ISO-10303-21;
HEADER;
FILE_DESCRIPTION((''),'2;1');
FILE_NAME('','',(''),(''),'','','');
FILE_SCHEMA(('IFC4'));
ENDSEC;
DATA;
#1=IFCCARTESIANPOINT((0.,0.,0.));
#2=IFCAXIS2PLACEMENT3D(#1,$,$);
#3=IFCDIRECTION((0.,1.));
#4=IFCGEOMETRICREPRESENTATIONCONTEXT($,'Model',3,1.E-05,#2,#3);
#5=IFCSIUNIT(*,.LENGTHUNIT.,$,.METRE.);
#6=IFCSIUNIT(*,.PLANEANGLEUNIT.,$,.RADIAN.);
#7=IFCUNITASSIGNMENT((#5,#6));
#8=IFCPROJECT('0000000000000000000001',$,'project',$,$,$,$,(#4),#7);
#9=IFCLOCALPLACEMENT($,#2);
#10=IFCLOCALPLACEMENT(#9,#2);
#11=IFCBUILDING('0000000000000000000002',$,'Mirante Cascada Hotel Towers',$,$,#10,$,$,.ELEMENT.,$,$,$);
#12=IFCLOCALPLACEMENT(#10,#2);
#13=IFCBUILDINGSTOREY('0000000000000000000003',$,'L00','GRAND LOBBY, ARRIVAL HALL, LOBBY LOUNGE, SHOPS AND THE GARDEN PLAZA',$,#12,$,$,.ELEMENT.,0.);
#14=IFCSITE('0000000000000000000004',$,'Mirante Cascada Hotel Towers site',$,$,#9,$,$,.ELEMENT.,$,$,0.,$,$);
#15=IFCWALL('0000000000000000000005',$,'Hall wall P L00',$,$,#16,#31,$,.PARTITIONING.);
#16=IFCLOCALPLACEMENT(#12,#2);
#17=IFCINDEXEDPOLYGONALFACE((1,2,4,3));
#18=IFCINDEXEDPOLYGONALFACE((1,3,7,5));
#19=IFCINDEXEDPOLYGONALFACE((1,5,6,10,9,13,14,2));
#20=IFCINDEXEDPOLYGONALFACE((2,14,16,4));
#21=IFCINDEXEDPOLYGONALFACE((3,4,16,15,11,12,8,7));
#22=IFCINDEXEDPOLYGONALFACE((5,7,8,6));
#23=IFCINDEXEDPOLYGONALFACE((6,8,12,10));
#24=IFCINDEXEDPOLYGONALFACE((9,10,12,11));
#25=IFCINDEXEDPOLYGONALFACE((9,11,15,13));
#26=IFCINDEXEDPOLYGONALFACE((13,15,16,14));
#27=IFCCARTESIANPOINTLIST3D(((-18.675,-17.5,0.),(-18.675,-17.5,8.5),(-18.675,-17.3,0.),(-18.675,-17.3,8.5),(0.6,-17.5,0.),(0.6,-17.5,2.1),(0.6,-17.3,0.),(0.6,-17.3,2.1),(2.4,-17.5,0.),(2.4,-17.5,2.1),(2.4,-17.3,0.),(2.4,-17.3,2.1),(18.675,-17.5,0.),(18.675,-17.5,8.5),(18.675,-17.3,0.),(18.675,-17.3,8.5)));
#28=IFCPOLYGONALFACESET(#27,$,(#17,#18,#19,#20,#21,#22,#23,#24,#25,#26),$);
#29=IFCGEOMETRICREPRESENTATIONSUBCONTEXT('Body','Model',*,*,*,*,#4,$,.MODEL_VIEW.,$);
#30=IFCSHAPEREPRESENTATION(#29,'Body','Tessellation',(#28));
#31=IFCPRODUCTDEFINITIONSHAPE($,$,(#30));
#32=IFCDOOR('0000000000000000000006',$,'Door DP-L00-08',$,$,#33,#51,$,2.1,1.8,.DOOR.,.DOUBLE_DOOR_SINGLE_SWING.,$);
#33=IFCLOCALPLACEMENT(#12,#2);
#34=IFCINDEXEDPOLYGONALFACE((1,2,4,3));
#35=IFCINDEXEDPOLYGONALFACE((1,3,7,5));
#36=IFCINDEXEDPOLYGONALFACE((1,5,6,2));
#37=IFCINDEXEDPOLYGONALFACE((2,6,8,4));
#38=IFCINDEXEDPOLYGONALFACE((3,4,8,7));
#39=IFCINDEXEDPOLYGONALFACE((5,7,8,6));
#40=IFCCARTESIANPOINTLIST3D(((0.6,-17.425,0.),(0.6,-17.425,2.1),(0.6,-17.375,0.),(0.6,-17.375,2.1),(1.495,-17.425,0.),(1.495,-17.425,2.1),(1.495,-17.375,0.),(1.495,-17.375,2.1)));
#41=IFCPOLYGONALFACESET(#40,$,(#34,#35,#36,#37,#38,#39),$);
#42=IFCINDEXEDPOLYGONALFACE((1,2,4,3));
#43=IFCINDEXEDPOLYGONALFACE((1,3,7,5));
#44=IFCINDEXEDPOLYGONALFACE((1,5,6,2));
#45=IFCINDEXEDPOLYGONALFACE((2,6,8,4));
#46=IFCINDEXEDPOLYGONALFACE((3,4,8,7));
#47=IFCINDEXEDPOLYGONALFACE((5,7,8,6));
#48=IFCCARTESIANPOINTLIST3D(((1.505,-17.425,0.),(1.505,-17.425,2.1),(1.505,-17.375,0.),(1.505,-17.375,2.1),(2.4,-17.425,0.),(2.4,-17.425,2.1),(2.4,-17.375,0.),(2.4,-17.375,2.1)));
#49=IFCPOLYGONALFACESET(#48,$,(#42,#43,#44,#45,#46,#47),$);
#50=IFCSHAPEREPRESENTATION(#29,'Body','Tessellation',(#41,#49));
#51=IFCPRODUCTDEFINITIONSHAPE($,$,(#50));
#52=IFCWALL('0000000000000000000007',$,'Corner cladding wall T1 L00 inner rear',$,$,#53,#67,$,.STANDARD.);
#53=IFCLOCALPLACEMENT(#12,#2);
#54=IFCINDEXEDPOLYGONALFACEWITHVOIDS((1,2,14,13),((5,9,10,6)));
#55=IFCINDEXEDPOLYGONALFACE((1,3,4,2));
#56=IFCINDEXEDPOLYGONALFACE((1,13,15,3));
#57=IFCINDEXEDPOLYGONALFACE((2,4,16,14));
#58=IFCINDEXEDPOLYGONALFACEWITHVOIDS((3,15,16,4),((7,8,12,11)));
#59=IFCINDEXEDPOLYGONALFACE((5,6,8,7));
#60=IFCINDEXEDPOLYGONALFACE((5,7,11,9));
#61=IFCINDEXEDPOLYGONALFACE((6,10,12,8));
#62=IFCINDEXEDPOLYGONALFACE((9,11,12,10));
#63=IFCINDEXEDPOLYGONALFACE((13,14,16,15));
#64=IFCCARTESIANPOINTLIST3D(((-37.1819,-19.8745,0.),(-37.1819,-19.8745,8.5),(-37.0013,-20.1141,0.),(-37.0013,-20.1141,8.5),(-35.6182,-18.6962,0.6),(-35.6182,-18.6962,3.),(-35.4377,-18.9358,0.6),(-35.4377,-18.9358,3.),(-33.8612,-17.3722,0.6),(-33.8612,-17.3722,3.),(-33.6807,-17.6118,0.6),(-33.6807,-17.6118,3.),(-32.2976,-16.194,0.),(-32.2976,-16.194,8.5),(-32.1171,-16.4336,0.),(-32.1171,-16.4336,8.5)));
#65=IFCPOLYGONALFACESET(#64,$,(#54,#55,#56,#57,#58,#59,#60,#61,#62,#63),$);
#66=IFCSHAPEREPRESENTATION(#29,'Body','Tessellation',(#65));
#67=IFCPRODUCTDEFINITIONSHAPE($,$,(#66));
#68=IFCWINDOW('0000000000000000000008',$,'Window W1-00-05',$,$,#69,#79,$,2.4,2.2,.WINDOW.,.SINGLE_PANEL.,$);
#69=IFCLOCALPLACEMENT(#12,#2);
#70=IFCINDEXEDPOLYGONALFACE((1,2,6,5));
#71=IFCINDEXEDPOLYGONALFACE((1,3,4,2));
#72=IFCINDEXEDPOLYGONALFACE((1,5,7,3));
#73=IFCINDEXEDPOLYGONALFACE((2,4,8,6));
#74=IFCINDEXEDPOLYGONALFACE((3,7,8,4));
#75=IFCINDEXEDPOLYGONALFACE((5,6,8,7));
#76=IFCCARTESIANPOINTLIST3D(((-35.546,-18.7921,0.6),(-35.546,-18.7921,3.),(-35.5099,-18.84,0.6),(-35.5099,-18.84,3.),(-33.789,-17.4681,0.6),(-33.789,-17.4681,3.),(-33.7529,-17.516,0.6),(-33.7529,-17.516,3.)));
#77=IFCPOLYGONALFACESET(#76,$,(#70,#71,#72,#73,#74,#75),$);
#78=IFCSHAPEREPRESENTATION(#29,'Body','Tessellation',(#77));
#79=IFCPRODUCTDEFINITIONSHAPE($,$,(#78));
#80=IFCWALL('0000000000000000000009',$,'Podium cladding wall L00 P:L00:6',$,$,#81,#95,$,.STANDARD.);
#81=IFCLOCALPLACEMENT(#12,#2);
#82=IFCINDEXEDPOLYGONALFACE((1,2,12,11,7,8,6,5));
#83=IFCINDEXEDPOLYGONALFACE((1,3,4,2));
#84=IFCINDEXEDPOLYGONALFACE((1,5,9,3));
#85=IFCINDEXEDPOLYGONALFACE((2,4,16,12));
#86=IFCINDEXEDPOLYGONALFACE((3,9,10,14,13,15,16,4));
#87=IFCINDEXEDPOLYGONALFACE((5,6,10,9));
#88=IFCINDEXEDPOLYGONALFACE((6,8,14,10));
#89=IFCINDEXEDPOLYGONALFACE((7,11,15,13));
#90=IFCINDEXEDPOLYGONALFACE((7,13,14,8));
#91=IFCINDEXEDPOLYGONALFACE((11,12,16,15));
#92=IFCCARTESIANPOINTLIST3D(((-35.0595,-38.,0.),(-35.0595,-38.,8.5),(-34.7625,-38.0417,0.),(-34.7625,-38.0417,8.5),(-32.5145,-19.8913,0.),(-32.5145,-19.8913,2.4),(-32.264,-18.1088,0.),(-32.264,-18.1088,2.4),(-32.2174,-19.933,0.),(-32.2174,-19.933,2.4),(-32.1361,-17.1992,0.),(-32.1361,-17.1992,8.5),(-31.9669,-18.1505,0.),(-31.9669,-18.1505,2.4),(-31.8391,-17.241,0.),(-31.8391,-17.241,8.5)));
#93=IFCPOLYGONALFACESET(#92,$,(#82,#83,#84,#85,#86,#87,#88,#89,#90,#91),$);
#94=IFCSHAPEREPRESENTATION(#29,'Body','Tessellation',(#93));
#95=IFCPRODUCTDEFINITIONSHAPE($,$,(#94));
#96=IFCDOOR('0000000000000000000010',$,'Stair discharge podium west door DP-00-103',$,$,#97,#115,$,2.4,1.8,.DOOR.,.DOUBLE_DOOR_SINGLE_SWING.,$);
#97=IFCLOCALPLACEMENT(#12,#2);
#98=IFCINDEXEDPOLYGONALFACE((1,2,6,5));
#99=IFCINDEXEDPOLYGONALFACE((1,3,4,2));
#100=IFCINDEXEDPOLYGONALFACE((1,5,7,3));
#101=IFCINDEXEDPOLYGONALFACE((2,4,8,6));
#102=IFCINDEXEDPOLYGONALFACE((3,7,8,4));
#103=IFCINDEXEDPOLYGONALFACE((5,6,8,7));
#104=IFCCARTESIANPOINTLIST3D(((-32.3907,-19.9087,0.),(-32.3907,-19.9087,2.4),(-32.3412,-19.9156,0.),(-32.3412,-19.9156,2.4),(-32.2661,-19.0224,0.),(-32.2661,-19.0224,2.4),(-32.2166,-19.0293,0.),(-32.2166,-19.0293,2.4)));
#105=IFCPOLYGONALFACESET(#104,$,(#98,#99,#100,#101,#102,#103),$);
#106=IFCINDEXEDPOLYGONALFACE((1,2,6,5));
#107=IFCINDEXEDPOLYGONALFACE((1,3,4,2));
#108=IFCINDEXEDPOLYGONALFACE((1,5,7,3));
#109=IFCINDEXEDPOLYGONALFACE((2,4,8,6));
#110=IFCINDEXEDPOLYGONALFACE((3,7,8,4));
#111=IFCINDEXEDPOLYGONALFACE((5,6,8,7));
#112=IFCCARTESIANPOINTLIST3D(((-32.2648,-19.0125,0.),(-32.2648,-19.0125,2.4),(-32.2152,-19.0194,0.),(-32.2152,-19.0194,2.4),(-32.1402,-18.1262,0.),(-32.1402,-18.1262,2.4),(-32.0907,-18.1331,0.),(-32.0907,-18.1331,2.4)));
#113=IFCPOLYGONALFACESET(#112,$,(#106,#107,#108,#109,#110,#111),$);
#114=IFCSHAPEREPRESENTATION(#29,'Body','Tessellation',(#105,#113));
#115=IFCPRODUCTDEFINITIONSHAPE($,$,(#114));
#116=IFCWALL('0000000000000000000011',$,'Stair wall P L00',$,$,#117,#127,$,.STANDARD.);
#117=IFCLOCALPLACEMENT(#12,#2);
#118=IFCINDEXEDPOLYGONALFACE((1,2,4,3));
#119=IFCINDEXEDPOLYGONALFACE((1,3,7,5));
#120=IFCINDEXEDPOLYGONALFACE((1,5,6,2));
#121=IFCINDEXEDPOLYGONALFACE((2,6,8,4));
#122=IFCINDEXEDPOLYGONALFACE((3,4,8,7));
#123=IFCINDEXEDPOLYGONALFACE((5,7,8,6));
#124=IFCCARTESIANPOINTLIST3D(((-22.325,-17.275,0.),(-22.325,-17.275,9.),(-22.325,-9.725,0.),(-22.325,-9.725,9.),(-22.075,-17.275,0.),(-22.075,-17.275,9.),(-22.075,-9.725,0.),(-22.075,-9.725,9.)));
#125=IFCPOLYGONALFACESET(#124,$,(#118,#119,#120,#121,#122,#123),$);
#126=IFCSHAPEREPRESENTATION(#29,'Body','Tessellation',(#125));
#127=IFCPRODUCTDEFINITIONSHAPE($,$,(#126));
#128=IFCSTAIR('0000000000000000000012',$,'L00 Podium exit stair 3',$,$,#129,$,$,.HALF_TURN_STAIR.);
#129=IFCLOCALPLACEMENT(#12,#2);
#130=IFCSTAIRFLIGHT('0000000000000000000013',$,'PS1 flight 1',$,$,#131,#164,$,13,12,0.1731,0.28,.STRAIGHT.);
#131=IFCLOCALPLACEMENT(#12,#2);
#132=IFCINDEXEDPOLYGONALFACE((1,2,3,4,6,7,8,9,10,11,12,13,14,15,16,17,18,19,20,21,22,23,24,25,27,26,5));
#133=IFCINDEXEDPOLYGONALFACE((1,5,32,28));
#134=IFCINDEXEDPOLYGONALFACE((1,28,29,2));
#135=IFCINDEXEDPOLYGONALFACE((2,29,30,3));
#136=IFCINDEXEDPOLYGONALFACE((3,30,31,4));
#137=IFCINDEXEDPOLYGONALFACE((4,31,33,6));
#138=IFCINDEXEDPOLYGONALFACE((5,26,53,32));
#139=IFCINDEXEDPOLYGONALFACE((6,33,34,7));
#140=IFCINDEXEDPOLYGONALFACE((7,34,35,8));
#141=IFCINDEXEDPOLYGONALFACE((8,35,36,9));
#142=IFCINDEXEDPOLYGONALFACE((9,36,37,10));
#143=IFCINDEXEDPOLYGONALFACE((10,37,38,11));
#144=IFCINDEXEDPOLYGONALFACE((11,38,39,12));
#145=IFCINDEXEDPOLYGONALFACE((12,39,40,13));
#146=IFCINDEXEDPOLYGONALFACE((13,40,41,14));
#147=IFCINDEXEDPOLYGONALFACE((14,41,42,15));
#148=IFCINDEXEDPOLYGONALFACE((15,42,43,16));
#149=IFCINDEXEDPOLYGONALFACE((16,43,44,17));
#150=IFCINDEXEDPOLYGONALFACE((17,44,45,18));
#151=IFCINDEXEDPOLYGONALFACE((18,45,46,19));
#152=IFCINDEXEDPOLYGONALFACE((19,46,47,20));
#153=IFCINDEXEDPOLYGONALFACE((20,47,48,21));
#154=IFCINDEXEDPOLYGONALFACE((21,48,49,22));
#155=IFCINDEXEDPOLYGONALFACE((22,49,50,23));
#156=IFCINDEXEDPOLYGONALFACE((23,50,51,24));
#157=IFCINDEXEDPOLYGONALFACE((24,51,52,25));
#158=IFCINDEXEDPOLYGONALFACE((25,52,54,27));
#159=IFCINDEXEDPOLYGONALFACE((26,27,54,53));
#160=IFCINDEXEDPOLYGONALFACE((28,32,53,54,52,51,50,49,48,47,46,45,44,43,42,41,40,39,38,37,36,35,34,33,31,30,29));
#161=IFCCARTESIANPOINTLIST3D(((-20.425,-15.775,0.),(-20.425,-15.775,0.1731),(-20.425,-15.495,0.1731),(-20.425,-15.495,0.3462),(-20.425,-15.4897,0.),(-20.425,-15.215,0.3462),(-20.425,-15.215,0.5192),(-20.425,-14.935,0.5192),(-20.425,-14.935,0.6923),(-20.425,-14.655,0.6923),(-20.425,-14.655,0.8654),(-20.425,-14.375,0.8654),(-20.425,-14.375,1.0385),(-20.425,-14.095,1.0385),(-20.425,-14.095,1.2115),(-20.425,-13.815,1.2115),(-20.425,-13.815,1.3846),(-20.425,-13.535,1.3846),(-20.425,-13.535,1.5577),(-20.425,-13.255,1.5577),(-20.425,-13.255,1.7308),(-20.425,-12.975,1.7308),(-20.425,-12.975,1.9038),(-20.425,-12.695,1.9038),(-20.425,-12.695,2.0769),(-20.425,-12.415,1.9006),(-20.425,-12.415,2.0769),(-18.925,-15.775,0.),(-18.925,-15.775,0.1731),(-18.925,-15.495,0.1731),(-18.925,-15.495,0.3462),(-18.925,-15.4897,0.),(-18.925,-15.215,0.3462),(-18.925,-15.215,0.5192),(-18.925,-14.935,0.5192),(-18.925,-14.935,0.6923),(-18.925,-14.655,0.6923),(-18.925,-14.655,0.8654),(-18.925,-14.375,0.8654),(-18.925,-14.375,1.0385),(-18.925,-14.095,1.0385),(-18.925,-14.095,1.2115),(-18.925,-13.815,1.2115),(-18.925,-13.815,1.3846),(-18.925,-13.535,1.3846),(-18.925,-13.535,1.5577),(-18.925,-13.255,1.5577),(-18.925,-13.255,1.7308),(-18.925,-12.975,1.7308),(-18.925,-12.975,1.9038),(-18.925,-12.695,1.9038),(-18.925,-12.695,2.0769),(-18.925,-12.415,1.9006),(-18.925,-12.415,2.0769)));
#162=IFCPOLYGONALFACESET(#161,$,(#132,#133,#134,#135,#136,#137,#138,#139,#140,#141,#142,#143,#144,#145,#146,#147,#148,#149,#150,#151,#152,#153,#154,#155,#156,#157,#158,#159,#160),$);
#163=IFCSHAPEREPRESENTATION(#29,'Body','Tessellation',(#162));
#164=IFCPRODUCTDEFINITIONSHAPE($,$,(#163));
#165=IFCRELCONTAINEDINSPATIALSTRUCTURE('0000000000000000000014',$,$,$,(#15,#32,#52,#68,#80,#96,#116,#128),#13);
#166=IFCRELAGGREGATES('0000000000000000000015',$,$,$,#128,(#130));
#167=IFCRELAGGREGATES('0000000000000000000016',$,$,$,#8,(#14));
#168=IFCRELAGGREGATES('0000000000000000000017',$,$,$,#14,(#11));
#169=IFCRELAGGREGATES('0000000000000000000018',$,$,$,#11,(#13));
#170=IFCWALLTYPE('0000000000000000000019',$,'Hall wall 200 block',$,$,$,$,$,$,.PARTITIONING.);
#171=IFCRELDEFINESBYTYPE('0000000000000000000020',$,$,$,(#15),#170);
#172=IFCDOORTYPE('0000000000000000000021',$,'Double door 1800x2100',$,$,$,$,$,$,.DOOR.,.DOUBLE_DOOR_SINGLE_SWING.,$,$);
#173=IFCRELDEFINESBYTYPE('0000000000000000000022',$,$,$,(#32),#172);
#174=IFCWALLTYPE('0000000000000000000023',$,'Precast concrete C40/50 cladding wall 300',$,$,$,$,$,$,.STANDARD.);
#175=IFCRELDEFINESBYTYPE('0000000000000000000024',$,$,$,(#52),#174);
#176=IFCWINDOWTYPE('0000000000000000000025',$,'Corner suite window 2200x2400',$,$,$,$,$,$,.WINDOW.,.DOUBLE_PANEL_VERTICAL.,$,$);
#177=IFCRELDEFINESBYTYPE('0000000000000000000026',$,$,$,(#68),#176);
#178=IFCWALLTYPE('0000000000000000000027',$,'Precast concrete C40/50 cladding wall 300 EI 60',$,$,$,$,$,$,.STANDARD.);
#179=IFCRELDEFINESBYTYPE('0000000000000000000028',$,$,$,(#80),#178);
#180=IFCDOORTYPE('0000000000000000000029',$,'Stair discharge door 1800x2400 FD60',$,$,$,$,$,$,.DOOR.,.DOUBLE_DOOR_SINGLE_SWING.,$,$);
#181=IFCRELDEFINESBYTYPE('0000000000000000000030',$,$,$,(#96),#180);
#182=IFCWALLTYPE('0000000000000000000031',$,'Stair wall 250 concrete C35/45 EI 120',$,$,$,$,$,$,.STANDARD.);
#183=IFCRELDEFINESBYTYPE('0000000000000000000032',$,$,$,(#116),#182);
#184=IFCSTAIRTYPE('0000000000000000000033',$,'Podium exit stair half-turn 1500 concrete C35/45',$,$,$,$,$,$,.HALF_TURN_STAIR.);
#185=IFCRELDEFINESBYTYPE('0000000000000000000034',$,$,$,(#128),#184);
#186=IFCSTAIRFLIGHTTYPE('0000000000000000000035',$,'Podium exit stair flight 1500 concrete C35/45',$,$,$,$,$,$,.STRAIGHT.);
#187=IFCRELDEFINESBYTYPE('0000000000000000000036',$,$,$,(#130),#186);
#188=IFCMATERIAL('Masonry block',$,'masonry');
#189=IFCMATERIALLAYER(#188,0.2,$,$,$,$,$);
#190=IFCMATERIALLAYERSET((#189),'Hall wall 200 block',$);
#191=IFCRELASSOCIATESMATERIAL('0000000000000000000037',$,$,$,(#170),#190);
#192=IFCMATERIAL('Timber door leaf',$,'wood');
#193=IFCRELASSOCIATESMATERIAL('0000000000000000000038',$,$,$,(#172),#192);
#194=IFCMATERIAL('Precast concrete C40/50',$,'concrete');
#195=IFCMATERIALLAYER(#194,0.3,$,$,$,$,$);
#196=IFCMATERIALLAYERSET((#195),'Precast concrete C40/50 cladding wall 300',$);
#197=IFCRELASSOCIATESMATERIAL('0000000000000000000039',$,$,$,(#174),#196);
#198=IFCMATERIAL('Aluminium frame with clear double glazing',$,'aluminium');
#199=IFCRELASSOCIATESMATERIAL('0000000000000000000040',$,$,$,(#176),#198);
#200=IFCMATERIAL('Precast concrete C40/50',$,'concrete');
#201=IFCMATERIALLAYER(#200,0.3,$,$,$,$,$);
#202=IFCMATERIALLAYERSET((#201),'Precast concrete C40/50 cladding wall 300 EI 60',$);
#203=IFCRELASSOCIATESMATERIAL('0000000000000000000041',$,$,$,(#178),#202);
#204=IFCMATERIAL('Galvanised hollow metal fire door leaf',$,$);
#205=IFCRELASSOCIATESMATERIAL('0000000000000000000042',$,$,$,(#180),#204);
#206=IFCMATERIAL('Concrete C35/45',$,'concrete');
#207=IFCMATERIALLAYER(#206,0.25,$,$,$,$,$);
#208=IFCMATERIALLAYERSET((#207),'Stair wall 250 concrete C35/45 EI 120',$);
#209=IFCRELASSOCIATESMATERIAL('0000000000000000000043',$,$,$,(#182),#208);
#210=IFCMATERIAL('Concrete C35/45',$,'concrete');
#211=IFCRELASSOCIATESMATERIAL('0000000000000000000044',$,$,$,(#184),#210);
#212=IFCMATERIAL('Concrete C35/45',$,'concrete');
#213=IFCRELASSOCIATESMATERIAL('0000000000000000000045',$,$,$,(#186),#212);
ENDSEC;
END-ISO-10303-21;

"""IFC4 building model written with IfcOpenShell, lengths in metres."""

from ifc_helpers import new_model, si_unit, direction, frame, frame_2d, origin, place, context, subcontext, project, spatial, polyline, rectangle, outline, extrude, material, layer, layer_set, type_object, element, fill, aggregate, save


model = new_model("IFC4")

# Units and contexts
model_context = context("Model", 3, precision=1e-05, world=origin(), true_north=direction((0.0, 1.0)))
body_context = subcontext(model_context, "Body", "Model", "MODEL_VIEW")
ifc_project = project(units=[si_unit("LENGTHUNIT", "METRE"), si_unit("PLANEANGLEUNIT", "RADIAN")], contexts=[model_context])

# Site, building, storey
site_placement = place(None, origin())
site = spatial("IfcSite", under=ifc_project, at=site_placement, Name="Mirante Cascada Hotel Towers site", CompositionType="ELEMENT", RefElevation=0.0)
building_placement = place(site_placement, origin())
building = spatial("IfcBuilding", under=site, at=building_placement, Name="Mirante Cascada Hotel Towers", CompositionType="ELEMENT")
storey_placement = place(building_placement, origin())
storey = spatial("IfcBuildingStorey", under=building, at=storey_placement, Name="L00", Description="GRAND LOBBY, ARRIVAL HALL, LOBBY LOUNGE, SHOPS AND THE GARDEN PLAZA", CompositionType="ELEMENT", Elevation=0.0)

# Wall, opening, door
ifc_material_1 = material(Name="Masonry block", Category="masonry")
ifc_layer_1 = layer(ifc_material_1, 0.2)
ifc_layer_set_1 = layer_set([ifc_layer_1], Name="Hall wall 200 block")
wall_type_1 = type_object("IfcWallType", Name="Hall wall 200 block", PredefinedType="PARTITIONING", material=ifc_layer_set_1)
wall_1_placement = place(storey_placement, frame((-18.675, -17.4, 0.0), z_axis=(0.0, 0.0, 1.0), x_axis=(1.0, 0.0, 0.0)))
wall_1 = element("IfcWall", 1, at=wall_1_placement, inside=storey, type_object=wall_type_1, Name="Hall wall P L00", PredefinedType="PARTITIONING", context=body_context, shape_type="SweptSolid", body=[
    extrude(rectangle(XDim=37.35, YDim=0.2, at=frame_2d((18.675, 0.0))), origin(), (0.0, 0.0, 1.0), 8.5),
])
opening_1_placement = place(wall_1_placement, frame((19.275, 0.0, 0.0)))
opening_1 = element("IfcOpeningElement", 2, at=opening_1_placement, cuts=wall_1, PredefinedType="OPENING", context=body_context, shape_type="SweptSolid", body=[
    extrude(rectangle(XDim=1.8, YDim=2.1, at=frame_2d((0.9, 1.05))), frame((0.0, 0.1, 0.0), z_axis=(0.0, -1.0, 0.0), x_axis=(1.0, 0.0, 0.0)), (0.0, 0.0, 1.0), 0.2),
])
ifc_material_2 = material(Name="Timber door leaf", Category="wood")
door_type_1 = type_object("IfcDoorType", Name="Double door 1800x2100", OperationType="DOUBLE_DOOR_SINGLE_SWING", PredefinedType="DOOR", material=ifc_material_2)
door_1_placement = place(opening_1_placement, origin())
door_1 = element("IfcDoor", 3, at=door_1_placement, inside=storey, type_object=door_type_1, Name="Door DP-L00-08", OperationType="DOUBLE_DOOR_SINGLE_SWING", OverallHeight=2.1, OverallWidth=1.8, PredefinedType="DOOR", context=body_context, shape_type="SweptSolid", body=[
    extrude(rectangle(XDim=0.895, YDim=2.1, at=frame_2d((0.4475, 1.05))), frame((0.0, 0.025, 0.0), z_axis=(0.0, -1.0, 0.0), x_axis=(1.0, 0.0, 0.0)), (0.0, 0.0, 1.0), 0.05),
    extrude(rectangle(XDim=0.895, YDim=2.1, at=frame_2d((1.3525, 1.05))), frame((0.0, 0.025, 0.0), z_axis=(0.0, -1.0, 0.0), x_axis=(1.0, 0.0, 0.0)), (0.0, 0.0, 1.0), 0.05),
])
fill(opening_1, door_1)

# Wall, opening, window
ifc_material_3 = material(Name="Precast concrete C40/50", Category="concrete")
ifc_layer_2 = layer(ifc_material_3, 0.3)
ifc_layer_set_2 = layer_set([ifc_layer_2], Name="Precast concrete C40/50 cladding wall 300")
wall_type_2 = type_object("IfcWallType", Name="Precast concrete C40/50 cladding wall 300", PredefinedType="STANDARD", material=ifc_layer_set_2)
wall_2_placement = place(storey_placement, frame((-32.2074, -16.3138, 0.0), z_axis=(0.0, 0.0, 1.0), x_axis=(-0.798636, -0.601814, 0.0)))
wall_2 = element("IfcWall", 4, at=wall_2_placement, inside=storey, type_object=wall_type_2, Name="Corner cladding wall T1 L00 inner rear", PredefinedType="STANDARD", context=body_context, shape_type="SweptSolid", body=[
    extrude(rectangle(XDim=6.1157, YDim=0.3, at=frame_2d((3.0578, 0.0))), origin(), (0.0, 0.0, 1.0), 8.5),
])
opening_2_placement = place(wall_2_placement, frame((1.9578, 0.0, 0.6)))
opening_2 = element("IfcOpeningElement", 5, at=opening_2_placement, cuts=wall_2, PredefinedType="OPENING", context=body_context, shape_type="SweptSolid", body=[
    extrude(rectangle(XDim=2.2, YDim=2.4, at=frame_2d((1.1, 1.2))), frame((0.0, 0.15, 0.0), z_axis=(0.0, -1.0, 0.0), x_axis=(1.0, 0.0, 0.0)), (0.0, 0.0, 1.0), 0.3),
])
ifc_material_4 = material(Name="Aluminium frame with clear double glazing", Category="aluminium")
window_type = type_object("IfcWindowType", Name="Corner suite window 2200x2400", PartitioningType="DOUBLE_PANEL_VERTICAL", PredefinedType="WINDOW", material=ifc_material_4)
window_placement = place(opening_2_placement, origin())
window = element("IfcWindow", 6, at=window_placement, inside=storey, type_object=window_type, Name="Window W1-00-05", OverallHeight=2.4, OverallWidth=2.2, PartitioningType="SINGLE_PANEL", PredefinedType="WINDOW", context=body_context, shape_type="SweptSolid", body=[
    extrude(rectangle(XDim=2.2, YDim=2.4, at=frame_2d((1.1, 1.2))), frame((0.0, 0.03, 0.0), z_axis=(0.0, -1.0, 0.0), x_axis=(1.0, 0.0, 0.0)), (0.0, 0.0, 1.0), 0.06),
])
fill(opening_2, window)

# Wall, opening, door
ifc_material_5 = material(Name="Precast concrete C40/50", Category="concrete")
ifc_layer_3 = layer(ifc_material_5, 0.3)
ifc_layer_set_3 = layer_set([ifc_layer_3], Name="Precast concrete C40/50 cladding wall 300 EI 60")
wall_type_3 = type_object("IfcWallType", Name="Precast concrete C40/50 cladding wall 300 EI 60", PredefinedType="STANDARD", material=ifc_layer_set_3)
wall_3_placement = place(storey_placement, frame((-31.9876, -17.2201, 0.0), z_axis=(0.0, 0.0, 1.0), x_axis=(-0.139175, -0.990268, 0.0)))
wall_3 = element("IfcWall", 7, at=wall_3_placement, inside=storey, type_object=wall_type_3, Name="Podium cladding wall L00 P:L00:6", PredefinedType="STANDARD", context=body_context, shape_type="SweptSolid", body=[
    extrude(rectangle(XDim=21.0052, YDim=0.3, at=frame_2d((10.5026, 0.0))), origin(), (0.0, 0.0, 1.0), 8.5),
])
opening_3_placement = place(wall_3_placement, frame((0.9185, 0.0, 0.0)))
opening_3 = element("IfcOpeningElement", 8, at=opening_3_placement, cuts=wall_3, PredefinedType="OPENING", context=body_context, shape_type="SweptSolid", body=[
    extrude(rectangle(XDim=1.8, YDim=2.4, at=frame_2d((0.9, 1.2))), frame((0.0, 0.15, 0.0), z_axis=(0.0, -1.0, 0.0), x_axis=(1.0, 0.0, 0.0)), (0.0, 0.0, 1.0), 0.3),
])
ifc_material_6 = material(Name="Galvanised hollow metal fire door leaf")
door_type_2 = type_object("IfcDoorType", Name="Stair discharge door 1800x2400 FD60", OperationType="DOUBLE_DOOR_SINGLE_SWING", PredefinedType="DOOR", material=ifc_material_6)
door_2_placement = place(opening_3_placement, frame((1.8, 0.0, 0.0), z_axis=(0.0, 0.0, 1.0), x_axis=(-1.0, 0.0, 0.0)))
door_2 = element("IfcDoor", 9, at=door_2_placement, inside=storey, type_object=door_type_2, Name="Stair discharge podium west door DP-00-103", OperationType="DOUBLE_DOOR_SINGLE_SWING", OverallHeight=2.4, OverallWidth=1.8, PredefinedType="DOOR", context=body_context, shape_type="SweptSolid", body=[
    extrude(rectangle(XDim=0.895, YDim=2.4, at=frame_2d((0.4475, 1.2))), frame((0.0, 0.025, 0.0), z_axis=(0.0, -1.0, 0.0), x_axis=(1.0, 0.0, 0.0)), (0.0, 0.0, 1.0), 0.05),
    extrude(rectangle(XDim=0.895, YDim=2.4, at=frame_2d((1.3525, 1.2))), frame((0.0, 0.025, 0.0), z_axis=(0.0, -1.0, 0.0), x_axis=(1.0, 0.0, 0.0)), (0.0, 0.0, 1.0), 0.05),
])
fill(opening_3, door_2)

# Wall
ifc_material_7 = material(Name="Concrete C35/45", Category="concrete")
ifc_layer_4 = layer(ifc_material_7, 0.25)
ifc_layer_set_4 = layer_set([ifc_layer_4], Name="Stair wall 250 concrete C35/45 EI 120")
wall_type_4 = type_object("IfcWallType", Name="Stair wall 250 concrete C35/45 EI 120", PredefinedType="STANDARD", material=ifc_layer_set_4)
wall_4_placement = place(storey_placement, frame((-22.2, -17.275, 0.0), z_axis=(0.0, 0.0, 1.0), x_axis=(0.0, 1.0, 0.0)))
element("IfcWall", 10, at=wall_4_placement, inside=storey, type_object=wall_type_4, Name="Stair wall P L00", PredefinedType="STANDARD", context=body_context, shape_type="SweptSolid", body=[
    extrude(rectangle(XDim=7.55, YDim=0.25, at=frame_2d((3.775, 0.0))), origin(), (0.0, 0.0, 1.0), 9.0),
])

# Stair, stair flight
ifc_material_8 = material(Name="Concrete C35/45", Category="concrete")
stair_type = type_object("IfcStairType", Name="Podium exit stair half-turn 1500 concrete C35/45", PredefinedType="HALF_TURN_STAIR", material=ifc_material_8)
stair_1_placement = place(storey_placement, origin())
stair_1 = element("IfcStair", 11, at=stair_1_placement, inside=storey, type_object=stair_type, Name="L00 Podium exit stair 3", PredefinedType="HALF_TURN_STAIR")
ifc_material_9 = material(Name="Concrete C35/45", Category="concrete")
stair_flight_type = type_object("IfcStairFlightType", Name="Podium exit stair flight 1500 concrete C35/45", PredefinedType="STRAIGHT", material=ifc_material_9)
stair_flight_1_placement = place(storey_placement, frame((-19.675, -15.775, 0.0), z_axis=(0.0, 0.0, 1.0), x_axis=(0.0, 1.0, 0.0)))
stair_flight_1 = element("IfcStairFlight", 12, at=stair_flight_1_placement, type_object=stair_flight_type, Name="PS1 flight 1", NumberOfRisers=13, NumberOfTreads=12, PredefinedType="STRAIGHT", RiserHeight=0.1731, TreadLength=0.28, context=body_context, shape_type="SweptSolid", body=[
    extrude(outline(polyline([(0.0, 0.0), (0.0, 0.1731), (0.28, 0.1731), (0.28, 0.3462), (0.56, 0.3462), (0.56, 0.5192), (0.84, 0.5192), (0.84, 0.6923), (1.12, 0.6923), (1.12, 0.8654), (1.4, 0.8654), (1.4, 1.0385), (1.68, 1.0385), (1.68, 1.2115), (1.96, 1.2115), (1.96, 1.3846), (2.24, 1.3846), (2.24, 1.5577), (2.52, 1.5577), (2.52, 1.7308), (2.8, 1.7308), (2.8, 1.9038), (3.08, 1.9038), (3.08, 2.0769), (3.36, 2.0769), (3.36, 2.25), (3.36, 1.9006), (0.2853, 0.0), (0.0, 0.0)])), frame((0.0, 0.75, 0.0), z_axis=(0.0, -1.0, 0.0), x_axis=(1.0, 0.0, 0.0)), (0.0, 0.0, 1.0), 1.5),
])
aggregate(stair_1, [stair_flight_1])

save(model, "model.ifc")
